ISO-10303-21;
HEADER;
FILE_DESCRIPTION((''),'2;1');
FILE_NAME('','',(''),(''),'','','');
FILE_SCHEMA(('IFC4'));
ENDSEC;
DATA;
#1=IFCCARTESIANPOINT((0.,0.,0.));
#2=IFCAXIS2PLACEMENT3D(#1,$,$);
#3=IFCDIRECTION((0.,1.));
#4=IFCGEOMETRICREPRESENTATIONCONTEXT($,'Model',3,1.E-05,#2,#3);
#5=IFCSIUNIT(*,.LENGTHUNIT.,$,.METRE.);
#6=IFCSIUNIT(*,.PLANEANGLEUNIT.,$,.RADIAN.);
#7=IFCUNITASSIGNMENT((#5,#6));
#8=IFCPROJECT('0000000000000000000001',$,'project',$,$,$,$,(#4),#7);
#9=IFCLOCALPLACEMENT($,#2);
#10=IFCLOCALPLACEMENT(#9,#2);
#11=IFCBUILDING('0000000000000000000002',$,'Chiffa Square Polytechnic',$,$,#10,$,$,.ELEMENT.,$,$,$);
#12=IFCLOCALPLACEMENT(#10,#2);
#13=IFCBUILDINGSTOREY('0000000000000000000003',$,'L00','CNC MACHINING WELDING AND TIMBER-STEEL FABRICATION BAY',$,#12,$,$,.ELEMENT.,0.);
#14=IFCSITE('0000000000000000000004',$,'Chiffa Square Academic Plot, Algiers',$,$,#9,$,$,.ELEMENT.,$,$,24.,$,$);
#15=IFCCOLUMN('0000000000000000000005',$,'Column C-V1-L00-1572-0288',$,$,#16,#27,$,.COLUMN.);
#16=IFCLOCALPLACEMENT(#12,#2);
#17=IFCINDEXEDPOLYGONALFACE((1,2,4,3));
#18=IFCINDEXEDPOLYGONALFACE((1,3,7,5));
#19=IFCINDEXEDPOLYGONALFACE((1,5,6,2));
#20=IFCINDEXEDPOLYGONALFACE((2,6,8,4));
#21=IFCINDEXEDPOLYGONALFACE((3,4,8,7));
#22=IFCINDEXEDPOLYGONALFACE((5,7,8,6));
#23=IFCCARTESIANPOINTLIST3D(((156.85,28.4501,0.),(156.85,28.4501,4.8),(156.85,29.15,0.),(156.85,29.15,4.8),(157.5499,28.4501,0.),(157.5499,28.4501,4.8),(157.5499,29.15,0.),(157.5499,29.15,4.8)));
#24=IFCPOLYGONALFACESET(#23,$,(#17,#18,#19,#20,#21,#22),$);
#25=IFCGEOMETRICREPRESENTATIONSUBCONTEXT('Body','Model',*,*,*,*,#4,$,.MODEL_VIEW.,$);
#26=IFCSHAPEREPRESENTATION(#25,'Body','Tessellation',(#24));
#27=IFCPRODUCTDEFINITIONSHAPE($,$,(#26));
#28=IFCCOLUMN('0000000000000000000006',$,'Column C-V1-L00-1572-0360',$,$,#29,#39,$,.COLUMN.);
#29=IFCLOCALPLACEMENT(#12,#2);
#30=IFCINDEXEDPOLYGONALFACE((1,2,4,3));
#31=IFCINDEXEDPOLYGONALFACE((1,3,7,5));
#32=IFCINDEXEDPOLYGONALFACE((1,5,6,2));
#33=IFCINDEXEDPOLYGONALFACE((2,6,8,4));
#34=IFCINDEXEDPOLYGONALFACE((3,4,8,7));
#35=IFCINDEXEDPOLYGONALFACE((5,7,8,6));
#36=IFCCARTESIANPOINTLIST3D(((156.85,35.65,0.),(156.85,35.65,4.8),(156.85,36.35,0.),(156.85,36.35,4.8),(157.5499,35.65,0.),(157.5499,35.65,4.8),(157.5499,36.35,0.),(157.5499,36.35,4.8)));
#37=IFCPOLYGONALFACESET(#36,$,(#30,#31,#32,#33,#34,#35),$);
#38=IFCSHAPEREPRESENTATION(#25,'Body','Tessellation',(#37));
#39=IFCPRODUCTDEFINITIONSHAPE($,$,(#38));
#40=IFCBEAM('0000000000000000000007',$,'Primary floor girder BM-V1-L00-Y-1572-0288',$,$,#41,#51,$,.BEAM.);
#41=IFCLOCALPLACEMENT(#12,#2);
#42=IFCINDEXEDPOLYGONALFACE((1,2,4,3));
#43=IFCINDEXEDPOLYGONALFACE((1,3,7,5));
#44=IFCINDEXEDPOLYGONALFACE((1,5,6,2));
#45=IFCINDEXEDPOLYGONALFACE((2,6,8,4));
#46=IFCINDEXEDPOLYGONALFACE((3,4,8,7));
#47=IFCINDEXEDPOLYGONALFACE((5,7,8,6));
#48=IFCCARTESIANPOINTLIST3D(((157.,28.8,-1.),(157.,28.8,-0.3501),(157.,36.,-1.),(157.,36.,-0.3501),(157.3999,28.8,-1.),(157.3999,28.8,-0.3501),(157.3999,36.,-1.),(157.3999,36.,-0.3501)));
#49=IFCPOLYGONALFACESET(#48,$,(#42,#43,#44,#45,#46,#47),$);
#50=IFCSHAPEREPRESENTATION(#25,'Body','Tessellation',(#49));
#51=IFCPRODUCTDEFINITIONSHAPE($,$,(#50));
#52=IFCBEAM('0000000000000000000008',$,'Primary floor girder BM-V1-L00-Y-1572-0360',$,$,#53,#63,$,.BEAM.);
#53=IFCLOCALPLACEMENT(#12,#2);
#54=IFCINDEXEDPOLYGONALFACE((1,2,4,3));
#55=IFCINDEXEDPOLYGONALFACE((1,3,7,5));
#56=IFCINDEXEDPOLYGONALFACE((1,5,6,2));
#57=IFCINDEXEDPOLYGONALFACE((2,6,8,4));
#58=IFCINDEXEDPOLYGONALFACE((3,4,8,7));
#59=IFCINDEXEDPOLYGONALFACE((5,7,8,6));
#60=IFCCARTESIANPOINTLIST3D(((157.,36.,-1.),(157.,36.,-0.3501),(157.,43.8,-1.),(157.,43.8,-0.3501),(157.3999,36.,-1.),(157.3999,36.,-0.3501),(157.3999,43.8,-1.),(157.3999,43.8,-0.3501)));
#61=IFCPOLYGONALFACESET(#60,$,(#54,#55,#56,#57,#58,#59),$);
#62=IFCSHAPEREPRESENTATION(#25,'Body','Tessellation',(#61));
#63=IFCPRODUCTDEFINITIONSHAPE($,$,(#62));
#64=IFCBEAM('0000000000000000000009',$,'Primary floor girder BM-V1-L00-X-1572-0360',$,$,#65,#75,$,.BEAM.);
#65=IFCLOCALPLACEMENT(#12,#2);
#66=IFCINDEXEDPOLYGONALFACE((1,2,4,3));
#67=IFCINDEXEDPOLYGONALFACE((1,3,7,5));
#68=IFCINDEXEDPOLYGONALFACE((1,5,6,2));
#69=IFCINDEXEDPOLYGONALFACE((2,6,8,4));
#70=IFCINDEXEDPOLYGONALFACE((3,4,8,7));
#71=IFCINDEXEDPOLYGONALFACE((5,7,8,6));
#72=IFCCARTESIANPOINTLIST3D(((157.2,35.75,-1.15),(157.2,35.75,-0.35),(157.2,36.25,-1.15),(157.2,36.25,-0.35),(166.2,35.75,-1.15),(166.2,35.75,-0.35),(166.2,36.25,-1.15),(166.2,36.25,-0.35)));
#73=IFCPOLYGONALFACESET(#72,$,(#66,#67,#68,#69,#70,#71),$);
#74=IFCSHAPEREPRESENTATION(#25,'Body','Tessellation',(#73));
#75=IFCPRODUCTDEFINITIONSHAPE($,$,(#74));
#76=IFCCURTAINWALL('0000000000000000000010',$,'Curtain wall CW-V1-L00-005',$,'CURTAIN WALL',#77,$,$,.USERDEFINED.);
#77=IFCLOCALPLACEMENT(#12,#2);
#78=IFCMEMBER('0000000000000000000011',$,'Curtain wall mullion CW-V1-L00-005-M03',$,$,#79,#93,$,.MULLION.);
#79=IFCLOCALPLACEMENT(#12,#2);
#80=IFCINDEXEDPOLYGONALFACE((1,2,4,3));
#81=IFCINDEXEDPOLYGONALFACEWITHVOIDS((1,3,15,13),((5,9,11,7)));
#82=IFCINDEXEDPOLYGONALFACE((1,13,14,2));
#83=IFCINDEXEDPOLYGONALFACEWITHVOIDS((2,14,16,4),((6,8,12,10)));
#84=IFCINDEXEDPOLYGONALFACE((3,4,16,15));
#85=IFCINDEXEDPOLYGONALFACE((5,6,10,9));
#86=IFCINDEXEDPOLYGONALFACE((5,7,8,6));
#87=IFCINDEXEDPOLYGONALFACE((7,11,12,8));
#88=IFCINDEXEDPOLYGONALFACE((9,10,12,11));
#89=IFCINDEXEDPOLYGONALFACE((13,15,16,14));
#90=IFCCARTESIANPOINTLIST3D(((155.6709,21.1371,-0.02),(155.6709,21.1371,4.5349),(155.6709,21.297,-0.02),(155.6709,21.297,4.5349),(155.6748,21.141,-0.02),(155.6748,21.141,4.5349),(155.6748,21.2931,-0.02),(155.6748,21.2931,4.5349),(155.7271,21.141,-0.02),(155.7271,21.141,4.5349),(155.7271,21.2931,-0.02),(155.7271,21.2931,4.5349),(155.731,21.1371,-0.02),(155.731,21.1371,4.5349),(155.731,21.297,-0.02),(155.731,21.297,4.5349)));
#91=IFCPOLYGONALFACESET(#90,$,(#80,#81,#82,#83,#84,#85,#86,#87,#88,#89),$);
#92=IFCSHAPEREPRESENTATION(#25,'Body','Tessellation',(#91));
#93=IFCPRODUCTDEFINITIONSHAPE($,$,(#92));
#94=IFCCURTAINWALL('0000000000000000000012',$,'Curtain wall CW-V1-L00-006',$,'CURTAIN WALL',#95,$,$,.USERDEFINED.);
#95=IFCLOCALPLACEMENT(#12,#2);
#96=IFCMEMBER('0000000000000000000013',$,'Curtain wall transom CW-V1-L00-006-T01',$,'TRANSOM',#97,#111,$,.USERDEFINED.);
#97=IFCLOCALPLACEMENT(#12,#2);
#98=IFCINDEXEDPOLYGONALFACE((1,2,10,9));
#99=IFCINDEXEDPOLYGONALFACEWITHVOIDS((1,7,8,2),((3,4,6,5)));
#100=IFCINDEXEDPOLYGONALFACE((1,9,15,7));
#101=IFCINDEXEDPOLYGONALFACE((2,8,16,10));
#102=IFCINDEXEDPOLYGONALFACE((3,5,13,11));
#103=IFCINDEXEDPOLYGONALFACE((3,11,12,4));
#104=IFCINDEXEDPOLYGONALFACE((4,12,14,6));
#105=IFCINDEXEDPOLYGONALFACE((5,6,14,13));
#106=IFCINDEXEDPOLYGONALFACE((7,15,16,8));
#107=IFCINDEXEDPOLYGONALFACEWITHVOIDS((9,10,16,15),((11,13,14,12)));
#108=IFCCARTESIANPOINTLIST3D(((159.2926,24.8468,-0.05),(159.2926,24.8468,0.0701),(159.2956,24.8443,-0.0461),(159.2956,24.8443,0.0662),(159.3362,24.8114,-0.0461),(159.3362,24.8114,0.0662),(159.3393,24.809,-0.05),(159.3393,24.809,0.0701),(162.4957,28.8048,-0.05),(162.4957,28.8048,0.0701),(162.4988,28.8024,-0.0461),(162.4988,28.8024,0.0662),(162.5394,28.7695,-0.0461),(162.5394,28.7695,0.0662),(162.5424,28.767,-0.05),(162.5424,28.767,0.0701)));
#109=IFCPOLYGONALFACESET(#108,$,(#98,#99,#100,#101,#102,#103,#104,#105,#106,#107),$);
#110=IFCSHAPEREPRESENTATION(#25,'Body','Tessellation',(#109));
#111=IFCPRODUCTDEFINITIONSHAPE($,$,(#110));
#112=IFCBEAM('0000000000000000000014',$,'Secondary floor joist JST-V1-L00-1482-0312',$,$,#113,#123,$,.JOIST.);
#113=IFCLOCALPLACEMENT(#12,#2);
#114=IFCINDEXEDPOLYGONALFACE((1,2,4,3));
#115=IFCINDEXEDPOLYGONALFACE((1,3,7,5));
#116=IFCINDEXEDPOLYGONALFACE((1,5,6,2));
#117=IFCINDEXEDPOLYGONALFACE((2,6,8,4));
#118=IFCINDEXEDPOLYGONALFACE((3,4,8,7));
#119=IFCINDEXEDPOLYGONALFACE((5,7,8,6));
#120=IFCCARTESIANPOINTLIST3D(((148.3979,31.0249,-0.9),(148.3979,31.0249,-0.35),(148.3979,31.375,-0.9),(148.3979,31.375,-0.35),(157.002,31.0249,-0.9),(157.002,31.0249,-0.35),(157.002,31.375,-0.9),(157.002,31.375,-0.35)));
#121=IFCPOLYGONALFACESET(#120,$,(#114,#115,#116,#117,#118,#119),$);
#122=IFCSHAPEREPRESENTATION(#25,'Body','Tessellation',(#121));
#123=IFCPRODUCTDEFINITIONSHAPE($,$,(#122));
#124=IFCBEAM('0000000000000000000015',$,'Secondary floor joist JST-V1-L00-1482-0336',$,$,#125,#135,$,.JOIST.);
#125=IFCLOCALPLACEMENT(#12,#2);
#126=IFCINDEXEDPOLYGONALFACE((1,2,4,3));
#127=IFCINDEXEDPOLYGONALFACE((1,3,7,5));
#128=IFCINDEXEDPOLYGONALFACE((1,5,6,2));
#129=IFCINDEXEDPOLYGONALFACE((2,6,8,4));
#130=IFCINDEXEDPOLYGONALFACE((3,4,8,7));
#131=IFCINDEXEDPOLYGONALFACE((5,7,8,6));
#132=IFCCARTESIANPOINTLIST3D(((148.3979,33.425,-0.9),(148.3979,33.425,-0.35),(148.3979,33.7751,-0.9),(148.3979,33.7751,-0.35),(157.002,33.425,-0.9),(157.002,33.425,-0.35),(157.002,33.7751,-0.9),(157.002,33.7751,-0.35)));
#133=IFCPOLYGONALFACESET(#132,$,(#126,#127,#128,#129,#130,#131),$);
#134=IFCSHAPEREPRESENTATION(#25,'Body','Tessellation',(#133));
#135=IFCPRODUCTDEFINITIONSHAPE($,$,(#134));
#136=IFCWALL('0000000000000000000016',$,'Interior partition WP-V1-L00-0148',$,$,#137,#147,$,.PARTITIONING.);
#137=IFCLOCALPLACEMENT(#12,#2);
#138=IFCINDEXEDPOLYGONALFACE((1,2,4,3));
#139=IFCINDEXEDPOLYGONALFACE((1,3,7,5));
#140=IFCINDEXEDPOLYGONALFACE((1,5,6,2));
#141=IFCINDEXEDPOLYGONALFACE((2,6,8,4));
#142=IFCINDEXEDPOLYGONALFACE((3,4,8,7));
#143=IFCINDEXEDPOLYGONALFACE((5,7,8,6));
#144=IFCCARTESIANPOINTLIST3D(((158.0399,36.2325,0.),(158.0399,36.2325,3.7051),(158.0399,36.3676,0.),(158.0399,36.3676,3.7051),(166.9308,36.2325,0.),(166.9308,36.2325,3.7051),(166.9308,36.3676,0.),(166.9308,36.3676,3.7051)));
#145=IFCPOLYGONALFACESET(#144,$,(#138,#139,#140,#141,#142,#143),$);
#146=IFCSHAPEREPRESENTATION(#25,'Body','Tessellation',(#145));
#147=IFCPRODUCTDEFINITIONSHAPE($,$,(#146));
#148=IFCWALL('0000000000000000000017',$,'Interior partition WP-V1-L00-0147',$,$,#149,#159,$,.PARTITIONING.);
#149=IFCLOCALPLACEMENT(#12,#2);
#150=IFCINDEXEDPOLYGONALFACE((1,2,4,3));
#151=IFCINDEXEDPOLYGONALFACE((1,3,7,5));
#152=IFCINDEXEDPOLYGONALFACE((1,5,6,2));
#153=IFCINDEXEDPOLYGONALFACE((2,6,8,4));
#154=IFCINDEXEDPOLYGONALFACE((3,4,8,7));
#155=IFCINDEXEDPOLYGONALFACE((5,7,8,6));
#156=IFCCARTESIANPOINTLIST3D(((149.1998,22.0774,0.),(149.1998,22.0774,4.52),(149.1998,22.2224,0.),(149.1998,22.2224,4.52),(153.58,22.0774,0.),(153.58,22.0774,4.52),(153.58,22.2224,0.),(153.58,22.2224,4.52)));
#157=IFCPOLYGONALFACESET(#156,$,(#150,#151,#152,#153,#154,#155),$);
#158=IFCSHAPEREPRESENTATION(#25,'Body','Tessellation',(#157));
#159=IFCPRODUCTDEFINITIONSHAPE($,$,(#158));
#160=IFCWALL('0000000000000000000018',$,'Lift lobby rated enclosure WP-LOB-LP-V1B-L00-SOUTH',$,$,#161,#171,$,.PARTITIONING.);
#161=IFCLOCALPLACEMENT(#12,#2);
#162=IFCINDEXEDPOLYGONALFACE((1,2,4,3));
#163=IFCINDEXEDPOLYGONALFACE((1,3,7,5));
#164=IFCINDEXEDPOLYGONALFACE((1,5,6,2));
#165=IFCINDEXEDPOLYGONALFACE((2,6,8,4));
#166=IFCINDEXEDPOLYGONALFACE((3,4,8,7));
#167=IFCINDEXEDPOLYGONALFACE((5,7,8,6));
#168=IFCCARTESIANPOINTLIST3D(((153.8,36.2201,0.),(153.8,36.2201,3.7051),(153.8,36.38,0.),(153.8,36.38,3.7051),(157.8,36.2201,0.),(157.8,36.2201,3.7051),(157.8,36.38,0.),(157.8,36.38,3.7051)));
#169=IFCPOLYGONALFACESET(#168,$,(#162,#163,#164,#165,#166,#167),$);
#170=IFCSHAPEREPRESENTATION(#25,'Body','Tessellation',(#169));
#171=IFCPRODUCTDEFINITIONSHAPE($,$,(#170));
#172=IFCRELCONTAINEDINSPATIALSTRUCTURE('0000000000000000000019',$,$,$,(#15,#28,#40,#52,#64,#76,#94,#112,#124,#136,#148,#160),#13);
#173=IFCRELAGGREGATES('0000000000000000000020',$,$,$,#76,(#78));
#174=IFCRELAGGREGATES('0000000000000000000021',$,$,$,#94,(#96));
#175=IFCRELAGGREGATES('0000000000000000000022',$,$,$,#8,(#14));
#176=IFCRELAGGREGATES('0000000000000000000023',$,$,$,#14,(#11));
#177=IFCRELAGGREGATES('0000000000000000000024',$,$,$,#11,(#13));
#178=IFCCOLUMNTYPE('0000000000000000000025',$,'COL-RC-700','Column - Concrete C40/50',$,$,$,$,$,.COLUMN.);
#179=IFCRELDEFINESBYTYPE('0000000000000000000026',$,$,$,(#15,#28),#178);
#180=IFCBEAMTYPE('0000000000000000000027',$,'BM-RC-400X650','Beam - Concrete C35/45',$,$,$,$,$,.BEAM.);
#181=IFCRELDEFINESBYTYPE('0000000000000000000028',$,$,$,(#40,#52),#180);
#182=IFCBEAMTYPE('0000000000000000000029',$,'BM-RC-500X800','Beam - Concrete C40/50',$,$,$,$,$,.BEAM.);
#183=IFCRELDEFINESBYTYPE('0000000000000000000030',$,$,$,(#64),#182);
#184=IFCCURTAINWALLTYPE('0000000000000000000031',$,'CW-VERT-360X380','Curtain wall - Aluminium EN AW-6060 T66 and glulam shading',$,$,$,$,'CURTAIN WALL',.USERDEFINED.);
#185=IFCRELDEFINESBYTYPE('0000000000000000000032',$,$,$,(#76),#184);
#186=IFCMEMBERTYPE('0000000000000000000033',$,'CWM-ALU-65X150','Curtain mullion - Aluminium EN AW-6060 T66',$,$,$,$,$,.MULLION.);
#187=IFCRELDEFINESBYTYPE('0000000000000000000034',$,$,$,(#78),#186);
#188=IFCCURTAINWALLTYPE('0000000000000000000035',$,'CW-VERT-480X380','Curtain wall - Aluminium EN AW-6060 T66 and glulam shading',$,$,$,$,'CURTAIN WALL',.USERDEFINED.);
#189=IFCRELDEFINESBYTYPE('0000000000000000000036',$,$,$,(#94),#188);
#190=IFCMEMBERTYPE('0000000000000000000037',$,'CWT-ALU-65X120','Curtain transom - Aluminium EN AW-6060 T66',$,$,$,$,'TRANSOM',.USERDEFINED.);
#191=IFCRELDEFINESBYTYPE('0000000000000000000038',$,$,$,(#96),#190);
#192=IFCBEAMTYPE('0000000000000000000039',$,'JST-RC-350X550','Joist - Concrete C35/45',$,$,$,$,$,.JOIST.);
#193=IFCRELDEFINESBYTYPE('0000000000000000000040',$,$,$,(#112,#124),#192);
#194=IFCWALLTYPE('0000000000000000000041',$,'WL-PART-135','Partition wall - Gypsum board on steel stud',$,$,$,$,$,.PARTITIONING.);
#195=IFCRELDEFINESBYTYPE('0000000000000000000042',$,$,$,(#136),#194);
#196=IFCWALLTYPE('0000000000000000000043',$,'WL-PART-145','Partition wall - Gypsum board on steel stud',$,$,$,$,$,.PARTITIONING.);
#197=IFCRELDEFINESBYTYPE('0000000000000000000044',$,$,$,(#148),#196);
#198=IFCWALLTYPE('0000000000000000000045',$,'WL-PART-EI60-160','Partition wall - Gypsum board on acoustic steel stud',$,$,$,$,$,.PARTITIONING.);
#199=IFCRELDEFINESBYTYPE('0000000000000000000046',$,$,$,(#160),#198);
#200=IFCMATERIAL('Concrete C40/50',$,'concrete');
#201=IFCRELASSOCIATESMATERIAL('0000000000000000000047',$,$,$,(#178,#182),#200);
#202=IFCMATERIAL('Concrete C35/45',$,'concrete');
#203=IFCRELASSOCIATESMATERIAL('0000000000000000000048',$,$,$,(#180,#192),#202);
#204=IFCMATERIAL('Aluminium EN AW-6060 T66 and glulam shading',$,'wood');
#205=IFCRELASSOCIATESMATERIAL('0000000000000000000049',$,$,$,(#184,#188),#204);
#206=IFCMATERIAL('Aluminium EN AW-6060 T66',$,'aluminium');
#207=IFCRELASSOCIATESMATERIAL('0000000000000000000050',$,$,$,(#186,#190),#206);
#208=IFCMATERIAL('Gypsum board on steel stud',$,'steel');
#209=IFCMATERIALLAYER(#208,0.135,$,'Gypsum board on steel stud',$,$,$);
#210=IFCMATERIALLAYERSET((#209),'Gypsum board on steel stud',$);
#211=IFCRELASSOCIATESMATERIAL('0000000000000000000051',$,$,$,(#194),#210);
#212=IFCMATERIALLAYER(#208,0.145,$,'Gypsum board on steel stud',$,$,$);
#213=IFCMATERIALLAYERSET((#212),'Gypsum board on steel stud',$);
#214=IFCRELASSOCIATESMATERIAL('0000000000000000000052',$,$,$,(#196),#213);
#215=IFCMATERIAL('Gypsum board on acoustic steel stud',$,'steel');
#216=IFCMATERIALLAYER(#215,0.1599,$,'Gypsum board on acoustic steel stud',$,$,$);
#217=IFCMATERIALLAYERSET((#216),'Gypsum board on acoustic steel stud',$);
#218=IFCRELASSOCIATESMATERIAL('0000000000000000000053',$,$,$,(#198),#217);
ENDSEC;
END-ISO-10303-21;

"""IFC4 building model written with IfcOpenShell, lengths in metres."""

from ifc_helpers import new_model, si_unit, direction, frame, frame_2d, origin, origin_2d, place, context, subcontext, project, spatial, rectangle, hollow_rectangle, extrude, material, layer, layer_set, material_profile, profile_set, type_object, element, aggregate, save


model = new_model("IFC4")

# Units and contexts
model_context = context("Model", 3, precision=1e-05, world=origin(), true_north=direction((0.0, 1.0)))
body_context = subcontext(model_context, "Body", "Model", "MODEL_VIEW")
ifc_project = project(units=[si_unit("LENGTHUNIT", "METRE"), si_unit("PLANEANGLEUNIT", "RADIAN")], contexts=[model_context])

# Site, building, storey
site_placement = place(None, origin())
site = spatial("IfcSite", under=ifc_project, at=site_placement, Name="Chiffa Square Academic Plot, Algiers", CompositionType="ELEMENT", RefElevation=24.0)
building_placement = place(site_placement, origin())
building = spatial("IfcBuilding", under=site, at=building_placement, Name="Chiffa Square Polytechnic", CompositionType="ELEMENT")
storey_placement = place(building_placement, origin())
storey = spatial("IfcBuildingStorey", under=building, at=storey_placement, Name="L00", Description="CNC MACHINING WELDING AND TIMBER-STEEL FABRICATION BAY", CompositionType="ELEMENT", Elevation=0.0)

# Columns
ifc_material_1 = material(Name="Concrete C40/50", Category="concrete")
ifc_material_profile_1 = material_profile(ifc_material_1, rectangle(XDim=0.7, YDim=0.7, at=origin_2d()), Name="RC 700x700")
ifc_profile_set_1 = profile_set([ifc_material_profile_1], Name="Concrete C40/50")
column_type = type_object("IfcColumnType", Name="COL-RC-700", Description="Column - Concrete C40/50", PredefinedType="COLUMN", material=ifc_profile_set_1)
for number, where, z_axis, x_axis, name in (
    (1, (157.2, 28.8, 0.0), (0.0, 0.0, 1.0), (1.0, 0.0, 0.0), "Column C-V1-L00-1572-0288"),
    (2, (157.2, 36.0, 0.0), (0.0, 0.0, 1.0), (1.0, 0.0, 0.0), "Column C-V1-L00-1572-0360"),
):
    element("IfcColumn", number, at=place(storey_placement, frame(where, z_axis=z_axis, x_axis=x_axis)), inside=storey, type_object=column_type, Name=name, PredefinedType="COLUMN", context=body_context, shape_type="SweptSolid", body=[
        extrude(rectangle(XDim=0.7, YDim=0.7, at=origin_2d()), origin(), (0.0, 0.0, 1.0), 4.8),
    ])

# Beams
ifc_material_2 = material(Name="Concrete C35/45", Category="concrete")
ifc_material_profile_2 = material_profile(ifc_material_2, rectangle(XDim=0.3999, YDim=0.6499, at=origin_2d()), Name="RC 400x650")
ifc_profile_set_2 = profile_set([ifc_material_profile_2], Name="Concrete C35/45")
beam_type_1 = type_object("IfcBeamType", Name="BM-RC-400X650", Description="Beam - Concrete C35/45", PredefinedType="BEAM", material=ifc_profile_set_2)
beam_1_placement = place(storey_placement, frame((157.2, 28.8, -0.675), z_axis=(0.0, 1.0, 0.0), x_axis=(-1.0, 0.0, 0.0)))
element("IfcBeam", 3, at=beam_1_placement, inside=storey, type_object=beam_type_1, Name="Primary floor girder BM-V1-L00-Y-1572-0288", PredefinedType="BEAM", context=body_context, shape_type="SweptSolid", body=[
    extrude(rectangle(XDim=0.3999, YDim=0.6499, at=origin_2d()), origin(), (0.0, 0.0, 1.0), 7.2),
])
beam_2_placement = place(storey_placement, frame((157.2, 36.0, -0.675), z_axis=(0.0, 1.0, 0.0), x_axis=(-1.0, 0.0, 0.0)))
element("IfcBeam", 4, at=beam_2_placement, inside=storey, type_object=beam_type_1, Name="Primary floor girder BM-V1-L00-Y-1572-0360", PredefinedType="BEAM", context=body_context, shape_type="SweptSolid", body=[
    extrude(rectangle(XDim=0.3999, YDim=0.6499, at=origin_2d()), origin(), (0.0, 0.0, 1.0), 7.8),
])
ifc_material_profile_3 = material_profile(ifc_material_1, rectangle(XDim=0.5, YDim=0.8, at=origin_2d()), Name="RC 500x800")
ifc_profile_set_3 = profile_set([ifc_material_profile_3], Name="Concrete C40/50")
beam_type_2 = type_object("IfcBeamType", Name="BM-RC-500X800", Description="Beam - Concrete C40/50", PredefinedType="BEAM", material=ifc_profile_set_3)
beam_3_placement = place(storey_placement, frame((157.2, 36.0, -0.75), z_axis=(1.0, 0.0, 0.0), x_axis=(0.0, 1.0, 0.0)))
element("IfcBeam", 5, at=beam_3_placement, inside=storey, type_object=beam_type_2, Name="Primary floor girder BM-V1-L00-X-1572-0360", PredefinedType="BEAM", context=body_context, shape_type="SweptSolid", body=[
    extrude(rectangle(XDim=0.5, YDim=0.8, at=origin_2d()), origin(), (0.0, 0.0, 1.0), 9.0),
])

# Curtain walls, members
ifc_material_3 = material(Name="Aluminium EN AW-6060 T66 and glulam shading", Category="wood")
curtain_wall_type_1 = type_object("IfcCurtainWallType", Name="CW-VERT-360X380", Description="Curtain wall - Aluminium EN AW-6060 T66 and glulam shading", ElementType="CURTAIN WALL", PredefinedType="USERDEFINED", material=ifc_material_3)
curtain_wall_1_placement = place(storey_placement, origin())
curtain_wall_1 = element("IfcCurtainWall", 6, at=curtain_wall_1_placement, inside=storey, type_object=curtain_wall_type_1, Name="Curtain wall CW-V1-L00-005", ObjectType="CURTAIN WALL", PredefinedType="USERDEFINED")
ifc_material_4 = material(Name="Aluminium EN AW-6060 T66", Category="aluminium")
ifc_material_profile_4 = material_profile(ifc_material_4, hollow_rectangle(XDim=0.0601, YDim=0.1599, WallThickness=0.0039, at=origin_2d()), Name="ALU 60x160x4")
ifc_profile_set_4 = profile_set([ifc_material_profile_4], Name="Aluminium EN AW-6060 T66")
member_type_1 = type_object("IfcMemberType", Name="CWM-ALU-65X150", Description="Curtain mullion - Aluminium EN AW-6060 T66", PredefinedType="MULLION", material=ifc_profile_set_4)
member_1_placement = place(storey_placement, frame((155.7009, 21.217, -0.02), z_axis=(0.0, 0.0, 1.0), x_axis=(1.0, 0.0, 0.0)))
member_1 = element("IfcMember", 7, at=member_1_placement, type_object=member_type_1, Name="Curtain wall mullion CW-V1-L00-005-M03", PredefinedType="MULLION", context=body_context, shape_type="SweptSolid", body=[
    extrude(hollow_rectangle(XDim=0.0601, YDim=0.1599, WallThickness=0.0039, at=origin_2d()), origin(), (0.0, 0.0, 1.0), 4.5549),
])
aggregate(curtain_wall_1, [member_1])
curtain_wall_type_2 = type_object("IfcCurtainWallType", Name="CW-VERT-480X380", Description="Curtain wall - Aluminium EN AW-6060 T66 and glulam shading", ElementType="CURTAIN WALL", PredefinedType="USERDEFINED", material=ifc_material_3)
curtain_wall_2_placement = place(storey_placement, origin())
curtain_wall_2 = element("IfcCurtainWall", 8, at=curtain_wall_2_placement, inside=storey, type_object=curtain_wall_type_2, Name="Curtain wall CW-V1-L00-006", ObjectType="CURTAIN WALL", PredefinedType="USERDEFINED")
ifc_material_profile_5 = material_profile(ifc_material_4, hollow_rectangle(XDim=0.0601, YDim=0.1201, WallThickness=0.0039, at=origin_2d()), Name="ALU 60x120x4")
ifc_profile_set_5 = profile_set([ifc_material_profile_5], Name="Aluminium EN AW-6060 T66")
member_type_2 = type_object("IfcMemberType", Name="CWT-ALU-65X120", Description="Curtain transom - Aluminium EN AW-6060 T66", ElementType="TRANSOM", PredefinedType="USERDEFINED", material=ifc_profile_set_5)
member_2_placement = place(storey_placement, frame((159.3159, 24.8279, 0.01), z_axis=(0.629082, 0.777339, 0.0), x_axis=(-0.777339, 0.629082, 0.0)))
member_2 = element("IfcMember", 9, at=member_2_placement, type_object=member_type_2, Name="Curtain wall transom CW-V1-L00-006-T01", ObjectType="TRANSOM", PredefinedType="USERDEFINED", context=body_context, shape_type="SweptSolid", body=[
    extrude(hollow_rectangle(XDim=0.0601, YDim=0.1201, WallThickness=0.0039, at=origin_2d()), origin(), (0.0, 0.0, 1.0), 5.0918),
])
aggregate(curtain_wall_2, [member_2])

# Beams
ifc_material_profile_6 = material_profile(ifc_material_2, rectangle(XDim=0.3501, YDim=0.55, at=origin_2d()), Name="RC 350x550")
ifc_profile_set_6 = profile_set([ifc_material_profile_6], Name="Concrete C35/45")
beam_type_3 = type_object("IfcBeamType", Name="JST-RC-350X550", Description="Joist - Concrete C35/45", PredefinedType="JOIST", material=ifc_profile_set_6)
for number, where, z_axis, x_axis, name in (
    (10, (148.3979, 31.2, -0.625), (1.0, 0.0, 0.0), (0.0, 1.0, 0.0), "Secondary floor joist JST-V1-L00-1482-0312"),
    (11, (148.3979, 33.6001, -0.625), (1.0, 0.0, 0.0), (0.0, 1.0, 0.0), "Secondary floor joist JST-V1-L00-1482-0336"),
):
    element("IfcBeam", number, at=place(storey_placement, frame(where, z_axis=z_axis, x_axis=x_axis)), inside=storey, type_object=beam_type_3, Name=name, PredefinedType="JOIST", context=body_context, shape_type="SweptSolid", body=[
        extrude(rectangle(XDim=0.3501, YDim=0.55, at=origin_2d()), origin(), (0.0, 0.0, 1.0), 8.604),
    ])

# Walls
ifc_material_5 = material(Name="Gypsum board on steel stud", Category="steel")
ifc_layer_1 = layer(ifc_material_5, 0.135, Name="Gypsum board on steel stud")
ifc_layer_set_1 = layer_set([ifc_layer_1], Name="Gypsum board on steel stud")
wall_type_1 = type_object("IfcWallType", Name="WL-PART-135", Description="Partition wall - Gypsum board on steel stud", PredefinedType="PARTITIONING", material=ifc_layer_set_1)
wall_1_placement = place(storey_placement, frame((158.04, 36.3, 0.0), z_axis=(0.0, 0.0, 1.0), x_axis=(1.0, 0.0, 0.0)))
element("IfcWall", 12, at=wall_1_placement, inside=storey, type_object=wall_type_1, Name="Interior partition WP-V1-L00-0148", PredefinedType="PARTITIONING", context=body_context, shape_type="SweptSolid", body=[
    extrude(rectangle(XDim=8.8909, YDim=0.135, at=frame_2d((4.4453, 0.0))), origin(), (0.0, 0.0, 1.0), 3.7051),
])
ifc_layer_2 = layer(ifc_material_5, 0.145, Name="Gypsum board on steel stud")
ifc_layer_set_2 = layer_set([ifc_layer_2], Name="Gypsum board on steel stud")
wall_type_2 = type_object("IfcWallType", Name="WL-PART-145", Description="Partition wall - Gypsum board on steel stud", PredefinedType="PARTITIONING", material=ifc_layer_set_2)
wall_2_placement = place(storey_placement, frame((149.2, 22.1499, 0.0), z_axis=(0.0, 0.0, 1.0), x_axis=(1.0, 0.0, 0.0)))
element("IfcWall", 13, at=wall_2_placement, inside=storey, type_object=wall_type_2, Name="Interior partition WP-V1-L00-0147", PredefinedType="PARTITIONING", context=body_context, shape_type="SweptSolid", body=[
    extrude(rectangle(XDim=4.3801, YDim=0.145, at=frame_2d((2.1899, 0.0))), origin(), (0.0, 0.0, 1.0), 4.52),
])
ifc_material_6 = material(Name="Gypsum board on acoustic steel stud", Category="steel")
ifc_layer_3 = layer(ifc_material_6, 0.1599, Name="Gypsum board on acoustic steel stud")
ifc_layer_set_3 = layer_set([ifc_layer_3], Name="Gypsum board on acoustic steel stud")
wall_type_3 = type_object("IfcWallType", Name="WL-PART-EI60-160", Description="Partition wall - Gypsum board on acoustic steel stud", PredefinedType="PARTITIONING", material=ifc_layer_set_3)
wall_3_placement = place(storey_placement, frame((153.8, 36.3, 0.0), z_axis=(0.0, 0.0, 1.0), x_axis=(1.0, 0.0, 0.0)))
element("IfcWall", 14, at=wall_3_placement, inside=storey, type_object=wall_type_3, Name="Lift lobby rated enclosure WP-LOB-LP-V1B-L00-SOUTH", PredefinedType="PARTITIONING", context=body_context, shape_type="SweptSolid", body=[
    extrude(rectangle(XDim=4.0, YDim=0.1599, at=frame_2d((2.0, 0.0))), origin(), (0.0, 0.0, 1.0), 3.7051),
])

save(model, "model.ifc")
